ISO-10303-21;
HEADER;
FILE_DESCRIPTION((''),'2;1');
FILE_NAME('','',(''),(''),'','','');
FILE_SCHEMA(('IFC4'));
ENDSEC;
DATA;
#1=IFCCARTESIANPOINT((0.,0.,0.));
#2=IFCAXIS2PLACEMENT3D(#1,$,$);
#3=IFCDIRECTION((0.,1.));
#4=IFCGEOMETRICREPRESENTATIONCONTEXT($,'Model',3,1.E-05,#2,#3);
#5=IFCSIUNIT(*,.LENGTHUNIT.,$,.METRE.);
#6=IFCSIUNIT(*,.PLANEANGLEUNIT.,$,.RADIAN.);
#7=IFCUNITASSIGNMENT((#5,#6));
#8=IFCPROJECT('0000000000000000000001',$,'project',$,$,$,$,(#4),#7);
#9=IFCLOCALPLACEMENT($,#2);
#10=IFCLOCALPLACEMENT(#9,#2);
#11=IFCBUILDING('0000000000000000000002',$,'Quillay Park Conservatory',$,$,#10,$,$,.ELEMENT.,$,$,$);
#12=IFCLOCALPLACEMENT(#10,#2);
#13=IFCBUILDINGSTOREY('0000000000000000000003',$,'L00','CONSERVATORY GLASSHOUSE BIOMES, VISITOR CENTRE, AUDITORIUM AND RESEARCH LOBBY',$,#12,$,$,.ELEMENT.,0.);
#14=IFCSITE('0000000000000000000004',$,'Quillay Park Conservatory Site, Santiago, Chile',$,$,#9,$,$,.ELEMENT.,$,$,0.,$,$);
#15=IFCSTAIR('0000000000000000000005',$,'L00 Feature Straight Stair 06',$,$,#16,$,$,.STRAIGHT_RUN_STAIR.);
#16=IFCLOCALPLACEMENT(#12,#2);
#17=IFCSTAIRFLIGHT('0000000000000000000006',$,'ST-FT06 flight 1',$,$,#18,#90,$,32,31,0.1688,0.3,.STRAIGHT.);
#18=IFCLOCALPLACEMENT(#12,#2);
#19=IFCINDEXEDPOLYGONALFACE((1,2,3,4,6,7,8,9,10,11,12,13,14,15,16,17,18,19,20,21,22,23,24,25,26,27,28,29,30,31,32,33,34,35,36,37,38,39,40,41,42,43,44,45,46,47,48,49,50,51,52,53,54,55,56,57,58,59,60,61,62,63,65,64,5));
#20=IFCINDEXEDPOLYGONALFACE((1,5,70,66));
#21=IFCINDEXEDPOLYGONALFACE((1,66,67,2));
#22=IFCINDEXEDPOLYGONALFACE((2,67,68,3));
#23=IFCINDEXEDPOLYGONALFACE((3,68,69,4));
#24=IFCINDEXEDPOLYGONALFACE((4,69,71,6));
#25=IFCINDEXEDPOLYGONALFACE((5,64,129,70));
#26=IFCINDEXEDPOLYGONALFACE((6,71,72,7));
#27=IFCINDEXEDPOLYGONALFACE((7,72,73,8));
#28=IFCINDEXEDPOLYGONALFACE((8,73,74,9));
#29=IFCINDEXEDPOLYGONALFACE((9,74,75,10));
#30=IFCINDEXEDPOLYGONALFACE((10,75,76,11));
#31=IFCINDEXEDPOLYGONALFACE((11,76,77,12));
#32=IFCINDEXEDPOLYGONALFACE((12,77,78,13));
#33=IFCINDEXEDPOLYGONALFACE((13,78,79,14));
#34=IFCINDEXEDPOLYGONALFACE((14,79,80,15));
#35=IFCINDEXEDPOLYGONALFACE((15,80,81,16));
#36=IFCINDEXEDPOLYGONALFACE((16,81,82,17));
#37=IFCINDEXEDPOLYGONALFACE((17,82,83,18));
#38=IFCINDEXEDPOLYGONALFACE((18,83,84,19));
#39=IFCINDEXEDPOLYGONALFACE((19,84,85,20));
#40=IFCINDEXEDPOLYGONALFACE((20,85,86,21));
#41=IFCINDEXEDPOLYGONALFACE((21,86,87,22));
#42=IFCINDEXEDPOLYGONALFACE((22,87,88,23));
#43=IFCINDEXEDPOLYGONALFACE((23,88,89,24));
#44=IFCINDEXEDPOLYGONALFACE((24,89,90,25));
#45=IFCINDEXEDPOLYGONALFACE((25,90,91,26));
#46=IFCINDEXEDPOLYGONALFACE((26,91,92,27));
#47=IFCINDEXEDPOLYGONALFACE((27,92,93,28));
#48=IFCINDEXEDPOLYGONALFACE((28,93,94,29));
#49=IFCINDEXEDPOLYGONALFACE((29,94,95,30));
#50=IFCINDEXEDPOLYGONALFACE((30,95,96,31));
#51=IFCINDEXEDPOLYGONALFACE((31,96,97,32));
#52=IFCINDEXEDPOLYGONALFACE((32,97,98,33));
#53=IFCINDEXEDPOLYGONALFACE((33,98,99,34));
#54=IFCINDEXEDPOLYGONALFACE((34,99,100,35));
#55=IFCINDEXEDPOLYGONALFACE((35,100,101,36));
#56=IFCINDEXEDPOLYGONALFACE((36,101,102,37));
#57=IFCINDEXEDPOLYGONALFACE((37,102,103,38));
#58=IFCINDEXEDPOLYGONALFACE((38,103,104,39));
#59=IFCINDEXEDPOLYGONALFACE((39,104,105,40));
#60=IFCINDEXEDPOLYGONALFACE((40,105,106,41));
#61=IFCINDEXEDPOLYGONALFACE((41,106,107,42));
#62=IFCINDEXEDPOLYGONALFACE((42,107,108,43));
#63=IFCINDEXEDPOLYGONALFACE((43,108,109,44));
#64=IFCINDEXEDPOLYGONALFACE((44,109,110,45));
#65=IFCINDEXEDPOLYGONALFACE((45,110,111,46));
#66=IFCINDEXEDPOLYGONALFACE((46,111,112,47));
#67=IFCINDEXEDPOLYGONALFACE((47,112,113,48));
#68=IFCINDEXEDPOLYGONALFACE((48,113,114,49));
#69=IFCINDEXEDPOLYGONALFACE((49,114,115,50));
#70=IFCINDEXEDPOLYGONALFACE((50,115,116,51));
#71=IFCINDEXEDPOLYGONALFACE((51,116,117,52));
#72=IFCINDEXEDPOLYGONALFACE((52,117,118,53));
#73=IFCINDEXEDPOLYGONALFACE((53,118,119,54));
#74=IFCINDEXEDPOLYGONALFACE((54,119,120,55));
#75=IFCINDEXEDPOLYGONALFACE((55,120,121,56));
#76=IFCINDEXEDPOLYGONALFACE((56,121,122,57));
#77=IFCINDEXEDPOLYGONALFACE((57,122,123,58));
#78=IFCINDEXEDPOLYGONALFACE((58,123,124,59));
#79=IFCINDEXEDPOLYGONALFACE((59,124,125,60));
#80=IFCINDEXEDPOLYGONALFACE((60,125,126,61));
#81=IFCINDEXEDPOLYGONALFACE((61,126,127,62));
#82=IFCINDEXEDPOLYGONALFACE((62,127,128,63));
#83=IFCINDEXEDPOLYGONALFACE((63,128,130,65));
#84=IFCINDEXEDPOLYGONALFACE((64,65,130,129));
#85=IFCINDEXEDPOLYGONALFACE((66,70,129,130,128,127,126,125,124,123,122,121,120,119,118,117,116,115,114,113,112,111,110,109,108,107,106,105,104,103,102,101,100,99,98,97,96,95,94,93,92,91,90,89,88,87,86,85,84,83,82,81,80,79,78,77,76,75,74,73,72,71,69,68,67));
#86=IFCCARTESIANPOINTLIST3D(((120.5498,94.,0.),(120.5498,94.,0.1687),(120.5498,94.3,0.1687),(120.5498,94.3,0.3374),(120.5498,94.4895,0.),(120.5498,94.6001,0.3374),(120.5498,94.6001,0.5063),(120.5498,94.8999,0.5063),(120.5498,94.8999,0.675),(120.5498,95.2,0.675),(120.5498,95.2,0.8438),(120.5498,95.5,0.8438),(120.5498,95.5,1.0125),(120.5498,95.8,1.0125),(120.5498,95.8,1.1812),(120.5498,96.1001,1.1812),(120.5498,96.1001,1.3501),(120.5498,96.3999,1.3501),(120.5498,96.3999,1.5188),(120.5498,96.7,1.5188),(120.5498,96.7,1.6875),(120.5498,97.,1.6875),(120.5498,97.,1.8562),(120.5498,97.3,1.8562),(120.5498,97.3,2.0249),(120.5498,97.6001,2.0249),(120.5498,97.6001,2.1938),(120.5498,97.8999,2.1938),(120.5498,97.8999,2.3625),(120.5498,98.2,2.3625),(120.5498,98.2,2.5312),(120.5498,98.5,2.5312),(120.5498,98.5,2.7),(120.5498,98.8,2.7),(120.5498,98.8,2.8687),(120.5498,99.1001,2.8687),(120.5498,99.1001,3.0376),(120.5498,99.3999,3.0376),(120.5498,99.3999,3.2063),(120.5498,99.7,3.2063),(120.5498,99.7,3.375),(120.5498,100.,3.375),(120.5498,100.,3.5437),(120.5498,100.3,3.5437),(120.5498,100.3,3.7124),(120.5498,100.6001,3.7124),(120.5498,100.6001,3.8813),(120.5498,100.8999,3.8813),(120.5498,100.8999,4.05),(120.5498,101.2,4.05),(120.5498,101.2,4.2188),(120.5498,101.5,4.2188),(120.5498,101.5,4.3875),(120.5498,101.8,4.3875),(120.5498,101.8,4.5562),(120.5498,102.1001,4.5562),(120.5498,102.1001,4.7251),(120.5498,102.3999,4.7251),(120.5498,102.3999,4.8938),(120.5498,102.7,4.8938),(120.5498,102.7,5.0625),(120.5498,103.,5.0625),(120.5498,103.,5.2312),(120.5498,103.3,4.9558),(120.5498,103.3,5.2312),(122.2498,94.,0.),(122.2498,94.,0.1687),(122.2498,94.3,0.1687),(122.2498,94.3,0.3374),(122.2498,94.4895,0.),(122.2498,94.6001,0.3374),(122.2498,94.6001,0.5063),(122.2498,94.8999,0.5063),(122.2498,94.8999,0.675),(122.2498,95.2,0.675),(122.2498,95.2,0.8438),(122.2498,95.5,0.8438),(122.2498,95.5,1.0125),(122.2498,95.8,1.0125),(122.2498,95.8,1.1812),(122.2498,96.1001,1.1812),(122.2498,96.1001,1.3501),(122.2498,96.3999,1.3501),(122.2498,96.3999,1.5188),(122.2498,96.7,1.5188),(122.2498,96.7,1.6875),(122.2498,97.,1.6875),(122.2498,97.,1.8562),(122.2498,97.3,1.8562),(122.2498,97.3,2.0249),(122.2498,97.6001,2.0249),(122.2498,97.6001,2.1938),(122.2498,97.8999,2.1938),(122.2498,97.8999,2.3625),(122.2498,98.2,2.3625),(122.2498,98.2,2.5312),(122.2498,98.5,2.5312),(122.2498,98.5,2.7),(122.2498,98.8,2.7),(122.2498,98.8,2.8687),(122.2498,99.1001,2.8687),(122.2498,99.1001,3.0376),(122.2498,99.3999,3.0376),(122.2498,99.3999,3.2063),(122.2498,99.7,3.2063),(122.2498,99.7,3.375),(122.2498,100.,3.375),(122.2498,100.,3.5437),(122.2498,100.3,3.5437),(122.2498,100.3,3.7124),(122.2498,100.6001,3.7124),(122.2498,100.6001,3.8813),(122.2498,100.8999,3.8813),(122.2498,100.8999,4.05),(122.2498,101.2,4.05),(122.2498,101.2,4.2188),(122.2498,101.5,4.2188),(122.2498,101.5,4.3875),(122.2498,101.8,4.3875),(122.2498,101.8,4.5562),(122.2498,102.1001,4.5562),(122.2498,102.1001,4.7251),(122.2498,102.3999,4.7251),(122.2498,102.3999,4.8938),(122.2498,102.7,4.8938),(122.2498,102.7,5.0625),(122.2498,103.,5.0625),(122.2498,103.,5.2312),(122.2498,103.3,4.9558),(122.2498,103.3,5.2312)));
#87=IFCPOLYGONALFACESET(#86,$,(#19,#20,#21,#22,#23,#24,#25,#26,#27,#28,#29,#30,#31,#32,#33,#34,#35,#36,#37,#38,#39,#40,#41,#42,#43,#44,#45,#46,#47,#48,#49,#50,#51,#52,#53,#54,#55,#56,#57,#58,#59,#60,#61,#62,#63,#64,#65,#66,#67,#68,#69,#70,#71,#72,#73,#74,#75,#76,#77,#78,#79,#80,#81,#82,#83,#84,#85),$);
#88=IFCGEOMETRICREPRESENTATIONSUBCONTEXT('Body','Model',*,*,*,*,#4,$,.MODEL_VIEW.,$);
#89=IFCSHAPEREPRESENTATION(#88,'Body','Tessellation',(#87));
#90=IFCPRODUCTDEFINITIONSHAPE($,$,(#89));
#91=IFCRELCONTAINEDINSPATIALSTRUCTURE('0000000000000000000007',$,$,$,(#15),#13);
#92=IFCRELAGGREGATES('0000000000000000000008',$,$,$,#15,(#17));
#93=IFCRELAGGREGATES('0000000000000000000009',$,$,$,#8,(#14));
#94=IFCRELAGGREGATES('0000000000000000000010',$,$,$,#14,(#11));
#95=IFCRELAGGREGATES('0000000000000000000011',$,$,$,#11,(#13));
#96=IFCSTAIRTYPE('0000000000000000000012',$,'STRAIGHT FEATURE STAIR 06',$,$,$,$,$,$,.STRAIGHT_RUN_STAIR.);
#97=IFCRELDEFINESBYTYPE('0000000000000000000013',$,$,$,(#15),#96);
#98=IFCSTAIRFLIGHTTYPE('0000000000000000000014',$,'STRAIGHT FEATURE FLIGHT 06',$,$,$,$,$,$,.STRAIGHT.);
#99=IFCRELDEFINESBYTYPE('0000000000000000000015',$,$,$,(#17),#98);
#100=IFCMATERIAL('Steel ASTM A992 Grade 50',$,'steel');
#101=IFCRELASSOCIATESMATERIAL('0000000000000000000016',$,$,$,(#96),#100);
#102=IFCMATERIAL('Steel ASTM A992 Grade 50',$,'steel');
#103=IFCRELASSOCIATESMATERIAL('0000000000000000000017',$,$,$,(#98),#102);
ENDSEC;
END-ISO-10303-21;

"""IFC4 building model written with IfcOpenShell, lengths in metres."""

from ifc_helpers import new_model, si_unit, direction, frame, origin, place, context, subcontext, project, spatial, polyline, outline, extrude, material, type_object, element, aggregate, save


model = new_model("IFC4")

# Units and contexts
model_context = context("Model", 3, precision=1e-05, world=origin(), true_north=direction((0.0, 1.0)))
body_context = subcontext(model_context, "Body", "Model", "MODEL_VIEW")
ifc_project = project(units=[si_unit("LENGTHUNIT", "METRE"), si_unit("PLANEANGLEUNIT", "RADIAN")], contexts=[model_context])

# Site, building, storey
site_placement = place(None, origin())
site = spatial("IfcSite", under=ifc_project, at=site_placement, Name="Quillay Park Conservatory Site, Santiago, Chile", CompositionType="ELEMENT", RefElevation=0.0)
building_placement = place(site_placement, origin())
building = spatial("IfcBuilding", under=site, at=building_placement, Name="Quillay Park Conservatory", CompositionType="ELEMENT")
storey_placement = place(building_placement, origin())
storey = spatial("IfcBuildingStorey", under=building, at=storey_placement, Name="L00", Description="CONSERVATORY GLASSHOUSE BIOMES, VISITOR CENTRE, AUDITORIUM AND RESEARCH LOBBY", CompositionType="ELEMENT", Elevation=0.0)

# Stair, stair flight
ifc_material_1 = material(Name="Steel ASTM A992 Grade 50", Category="steel")
stair_type_1 = type_object("IfcStairType", Name="STRAIGHT FEATURE STAIR 06", PredefinedType="STRAIGHT_RUN_STAIR", material=ifc_material_1)
stair_1_placement = place(storey_placement, origin())
stair_1 = element("IfcStair", 1, at=stair_1_placement, inside=storey, type_object=stair_type_1, Name="L00 Feature Straight Stair 06", PredefinedType="STRAIGHT_RUN_STAIR")
ifc_material_2 = material(Name="Steel ASTM A992 Grade 50", Category="steel")
stair_flight_type_1 = type_object("IfcStairFlightType", Name="STRAIGHT FEATURE FLIGHT 06", PredefinedType="STRAIGHT", material=ifc_material_2)
stair_flight_1_placement = place(storey_placement, frame((121.3999, 94.0, 0.0), z_axis=(0.0, 0.0, 1.0), x_axis=(0.0, 1.0, 0.0)))
stair_flight_1 = element("IfcStairFlight", 2, at=stair_flight_1_placement, type_object=stair_flight_type_1, Name="ST-FT06 flight 1", NumberOfRisers=32, NumberOfTreads=31, PredefinedType="STRAIGHT", RiserHeight=0.1688, TreadLength=0.3, context=body_context, shape_type="SweptSolid", body=[
    extrude(outline(polyline([(0.0, 0.0), (0.0, 0.1687), (0.3, 0.1687), (0.3, 0.3374), (0.6001, 0.3374), (0.6001, 0.5063), (0.8999, 0.5063), (0.8999, 0.675), (1.2, 0.675), (1.2, 0.8438), (1.5, 0.8438), (1.5, 1.0125), (1.8, 1.0125), (1.8, 1.1812), (2.1001, 1.1812), (2.1001, 1.3501), (2.3999, 1.3501), (2.3999, 1.5188), (2.7, 1.5188), (2.7, 1.6875), (3.0, 1.6875), (3.0, 1.8562), (3.3, 1.8562), (3.3, 2.0249), (3.6001, 2.0249), (3.6001, 2.1938), (3.8999, 2.1938), (3.8999, 2.3625), (4.2, 2.3625), (4.2, 2.5312), (4.5, 2.5312), (4.5, 2.7), (4.8, 2.7), (4.8, 2.8687), (5.1001, 2.8687), (5.1001, 3.0376), (5.3999, 3.0376), (5.3999, 3.2063), (5.7, 3.2063), (5.7, 3.375), (6.0, 3.375), (6.0, 3.5437), (6.3, 3.5437), (6.3, 3.7124), (6.6001, 3.7124), (6.6001, 3.8813), (6.8999, 3.8813), (6.8999, 4.05), (7.2, 4.05), (7.2, 4.2188), (7.5, 4.2188), (7.5, 4.3875), (7.8, 4.3875), (7.8, 4.5562), (8.1001, 4.5562), (8.1001, 4.7251), (8.3999, 4.7251), (8.3999, 4.8938), (8.7, 4.8938), (8.7, 5.0625), (9.0, 5.0625), (9.0, 5.2312), (9.3, 5.2312), (9.3, 5.3999), (9.3, 4.9558), (0.4895, 0.0), (0.0, 0.0)])), frame((0.0, 0.8501, 0.0), z_axis=(0.0, -1.0, 0.0), x_axis=(1.0, 0.0, 0.0)), (0.0, 0.0, 1.0), 1.7),
])
aggregate(stair_1, [stair_flight_1])

save(model, "model.ifc")
